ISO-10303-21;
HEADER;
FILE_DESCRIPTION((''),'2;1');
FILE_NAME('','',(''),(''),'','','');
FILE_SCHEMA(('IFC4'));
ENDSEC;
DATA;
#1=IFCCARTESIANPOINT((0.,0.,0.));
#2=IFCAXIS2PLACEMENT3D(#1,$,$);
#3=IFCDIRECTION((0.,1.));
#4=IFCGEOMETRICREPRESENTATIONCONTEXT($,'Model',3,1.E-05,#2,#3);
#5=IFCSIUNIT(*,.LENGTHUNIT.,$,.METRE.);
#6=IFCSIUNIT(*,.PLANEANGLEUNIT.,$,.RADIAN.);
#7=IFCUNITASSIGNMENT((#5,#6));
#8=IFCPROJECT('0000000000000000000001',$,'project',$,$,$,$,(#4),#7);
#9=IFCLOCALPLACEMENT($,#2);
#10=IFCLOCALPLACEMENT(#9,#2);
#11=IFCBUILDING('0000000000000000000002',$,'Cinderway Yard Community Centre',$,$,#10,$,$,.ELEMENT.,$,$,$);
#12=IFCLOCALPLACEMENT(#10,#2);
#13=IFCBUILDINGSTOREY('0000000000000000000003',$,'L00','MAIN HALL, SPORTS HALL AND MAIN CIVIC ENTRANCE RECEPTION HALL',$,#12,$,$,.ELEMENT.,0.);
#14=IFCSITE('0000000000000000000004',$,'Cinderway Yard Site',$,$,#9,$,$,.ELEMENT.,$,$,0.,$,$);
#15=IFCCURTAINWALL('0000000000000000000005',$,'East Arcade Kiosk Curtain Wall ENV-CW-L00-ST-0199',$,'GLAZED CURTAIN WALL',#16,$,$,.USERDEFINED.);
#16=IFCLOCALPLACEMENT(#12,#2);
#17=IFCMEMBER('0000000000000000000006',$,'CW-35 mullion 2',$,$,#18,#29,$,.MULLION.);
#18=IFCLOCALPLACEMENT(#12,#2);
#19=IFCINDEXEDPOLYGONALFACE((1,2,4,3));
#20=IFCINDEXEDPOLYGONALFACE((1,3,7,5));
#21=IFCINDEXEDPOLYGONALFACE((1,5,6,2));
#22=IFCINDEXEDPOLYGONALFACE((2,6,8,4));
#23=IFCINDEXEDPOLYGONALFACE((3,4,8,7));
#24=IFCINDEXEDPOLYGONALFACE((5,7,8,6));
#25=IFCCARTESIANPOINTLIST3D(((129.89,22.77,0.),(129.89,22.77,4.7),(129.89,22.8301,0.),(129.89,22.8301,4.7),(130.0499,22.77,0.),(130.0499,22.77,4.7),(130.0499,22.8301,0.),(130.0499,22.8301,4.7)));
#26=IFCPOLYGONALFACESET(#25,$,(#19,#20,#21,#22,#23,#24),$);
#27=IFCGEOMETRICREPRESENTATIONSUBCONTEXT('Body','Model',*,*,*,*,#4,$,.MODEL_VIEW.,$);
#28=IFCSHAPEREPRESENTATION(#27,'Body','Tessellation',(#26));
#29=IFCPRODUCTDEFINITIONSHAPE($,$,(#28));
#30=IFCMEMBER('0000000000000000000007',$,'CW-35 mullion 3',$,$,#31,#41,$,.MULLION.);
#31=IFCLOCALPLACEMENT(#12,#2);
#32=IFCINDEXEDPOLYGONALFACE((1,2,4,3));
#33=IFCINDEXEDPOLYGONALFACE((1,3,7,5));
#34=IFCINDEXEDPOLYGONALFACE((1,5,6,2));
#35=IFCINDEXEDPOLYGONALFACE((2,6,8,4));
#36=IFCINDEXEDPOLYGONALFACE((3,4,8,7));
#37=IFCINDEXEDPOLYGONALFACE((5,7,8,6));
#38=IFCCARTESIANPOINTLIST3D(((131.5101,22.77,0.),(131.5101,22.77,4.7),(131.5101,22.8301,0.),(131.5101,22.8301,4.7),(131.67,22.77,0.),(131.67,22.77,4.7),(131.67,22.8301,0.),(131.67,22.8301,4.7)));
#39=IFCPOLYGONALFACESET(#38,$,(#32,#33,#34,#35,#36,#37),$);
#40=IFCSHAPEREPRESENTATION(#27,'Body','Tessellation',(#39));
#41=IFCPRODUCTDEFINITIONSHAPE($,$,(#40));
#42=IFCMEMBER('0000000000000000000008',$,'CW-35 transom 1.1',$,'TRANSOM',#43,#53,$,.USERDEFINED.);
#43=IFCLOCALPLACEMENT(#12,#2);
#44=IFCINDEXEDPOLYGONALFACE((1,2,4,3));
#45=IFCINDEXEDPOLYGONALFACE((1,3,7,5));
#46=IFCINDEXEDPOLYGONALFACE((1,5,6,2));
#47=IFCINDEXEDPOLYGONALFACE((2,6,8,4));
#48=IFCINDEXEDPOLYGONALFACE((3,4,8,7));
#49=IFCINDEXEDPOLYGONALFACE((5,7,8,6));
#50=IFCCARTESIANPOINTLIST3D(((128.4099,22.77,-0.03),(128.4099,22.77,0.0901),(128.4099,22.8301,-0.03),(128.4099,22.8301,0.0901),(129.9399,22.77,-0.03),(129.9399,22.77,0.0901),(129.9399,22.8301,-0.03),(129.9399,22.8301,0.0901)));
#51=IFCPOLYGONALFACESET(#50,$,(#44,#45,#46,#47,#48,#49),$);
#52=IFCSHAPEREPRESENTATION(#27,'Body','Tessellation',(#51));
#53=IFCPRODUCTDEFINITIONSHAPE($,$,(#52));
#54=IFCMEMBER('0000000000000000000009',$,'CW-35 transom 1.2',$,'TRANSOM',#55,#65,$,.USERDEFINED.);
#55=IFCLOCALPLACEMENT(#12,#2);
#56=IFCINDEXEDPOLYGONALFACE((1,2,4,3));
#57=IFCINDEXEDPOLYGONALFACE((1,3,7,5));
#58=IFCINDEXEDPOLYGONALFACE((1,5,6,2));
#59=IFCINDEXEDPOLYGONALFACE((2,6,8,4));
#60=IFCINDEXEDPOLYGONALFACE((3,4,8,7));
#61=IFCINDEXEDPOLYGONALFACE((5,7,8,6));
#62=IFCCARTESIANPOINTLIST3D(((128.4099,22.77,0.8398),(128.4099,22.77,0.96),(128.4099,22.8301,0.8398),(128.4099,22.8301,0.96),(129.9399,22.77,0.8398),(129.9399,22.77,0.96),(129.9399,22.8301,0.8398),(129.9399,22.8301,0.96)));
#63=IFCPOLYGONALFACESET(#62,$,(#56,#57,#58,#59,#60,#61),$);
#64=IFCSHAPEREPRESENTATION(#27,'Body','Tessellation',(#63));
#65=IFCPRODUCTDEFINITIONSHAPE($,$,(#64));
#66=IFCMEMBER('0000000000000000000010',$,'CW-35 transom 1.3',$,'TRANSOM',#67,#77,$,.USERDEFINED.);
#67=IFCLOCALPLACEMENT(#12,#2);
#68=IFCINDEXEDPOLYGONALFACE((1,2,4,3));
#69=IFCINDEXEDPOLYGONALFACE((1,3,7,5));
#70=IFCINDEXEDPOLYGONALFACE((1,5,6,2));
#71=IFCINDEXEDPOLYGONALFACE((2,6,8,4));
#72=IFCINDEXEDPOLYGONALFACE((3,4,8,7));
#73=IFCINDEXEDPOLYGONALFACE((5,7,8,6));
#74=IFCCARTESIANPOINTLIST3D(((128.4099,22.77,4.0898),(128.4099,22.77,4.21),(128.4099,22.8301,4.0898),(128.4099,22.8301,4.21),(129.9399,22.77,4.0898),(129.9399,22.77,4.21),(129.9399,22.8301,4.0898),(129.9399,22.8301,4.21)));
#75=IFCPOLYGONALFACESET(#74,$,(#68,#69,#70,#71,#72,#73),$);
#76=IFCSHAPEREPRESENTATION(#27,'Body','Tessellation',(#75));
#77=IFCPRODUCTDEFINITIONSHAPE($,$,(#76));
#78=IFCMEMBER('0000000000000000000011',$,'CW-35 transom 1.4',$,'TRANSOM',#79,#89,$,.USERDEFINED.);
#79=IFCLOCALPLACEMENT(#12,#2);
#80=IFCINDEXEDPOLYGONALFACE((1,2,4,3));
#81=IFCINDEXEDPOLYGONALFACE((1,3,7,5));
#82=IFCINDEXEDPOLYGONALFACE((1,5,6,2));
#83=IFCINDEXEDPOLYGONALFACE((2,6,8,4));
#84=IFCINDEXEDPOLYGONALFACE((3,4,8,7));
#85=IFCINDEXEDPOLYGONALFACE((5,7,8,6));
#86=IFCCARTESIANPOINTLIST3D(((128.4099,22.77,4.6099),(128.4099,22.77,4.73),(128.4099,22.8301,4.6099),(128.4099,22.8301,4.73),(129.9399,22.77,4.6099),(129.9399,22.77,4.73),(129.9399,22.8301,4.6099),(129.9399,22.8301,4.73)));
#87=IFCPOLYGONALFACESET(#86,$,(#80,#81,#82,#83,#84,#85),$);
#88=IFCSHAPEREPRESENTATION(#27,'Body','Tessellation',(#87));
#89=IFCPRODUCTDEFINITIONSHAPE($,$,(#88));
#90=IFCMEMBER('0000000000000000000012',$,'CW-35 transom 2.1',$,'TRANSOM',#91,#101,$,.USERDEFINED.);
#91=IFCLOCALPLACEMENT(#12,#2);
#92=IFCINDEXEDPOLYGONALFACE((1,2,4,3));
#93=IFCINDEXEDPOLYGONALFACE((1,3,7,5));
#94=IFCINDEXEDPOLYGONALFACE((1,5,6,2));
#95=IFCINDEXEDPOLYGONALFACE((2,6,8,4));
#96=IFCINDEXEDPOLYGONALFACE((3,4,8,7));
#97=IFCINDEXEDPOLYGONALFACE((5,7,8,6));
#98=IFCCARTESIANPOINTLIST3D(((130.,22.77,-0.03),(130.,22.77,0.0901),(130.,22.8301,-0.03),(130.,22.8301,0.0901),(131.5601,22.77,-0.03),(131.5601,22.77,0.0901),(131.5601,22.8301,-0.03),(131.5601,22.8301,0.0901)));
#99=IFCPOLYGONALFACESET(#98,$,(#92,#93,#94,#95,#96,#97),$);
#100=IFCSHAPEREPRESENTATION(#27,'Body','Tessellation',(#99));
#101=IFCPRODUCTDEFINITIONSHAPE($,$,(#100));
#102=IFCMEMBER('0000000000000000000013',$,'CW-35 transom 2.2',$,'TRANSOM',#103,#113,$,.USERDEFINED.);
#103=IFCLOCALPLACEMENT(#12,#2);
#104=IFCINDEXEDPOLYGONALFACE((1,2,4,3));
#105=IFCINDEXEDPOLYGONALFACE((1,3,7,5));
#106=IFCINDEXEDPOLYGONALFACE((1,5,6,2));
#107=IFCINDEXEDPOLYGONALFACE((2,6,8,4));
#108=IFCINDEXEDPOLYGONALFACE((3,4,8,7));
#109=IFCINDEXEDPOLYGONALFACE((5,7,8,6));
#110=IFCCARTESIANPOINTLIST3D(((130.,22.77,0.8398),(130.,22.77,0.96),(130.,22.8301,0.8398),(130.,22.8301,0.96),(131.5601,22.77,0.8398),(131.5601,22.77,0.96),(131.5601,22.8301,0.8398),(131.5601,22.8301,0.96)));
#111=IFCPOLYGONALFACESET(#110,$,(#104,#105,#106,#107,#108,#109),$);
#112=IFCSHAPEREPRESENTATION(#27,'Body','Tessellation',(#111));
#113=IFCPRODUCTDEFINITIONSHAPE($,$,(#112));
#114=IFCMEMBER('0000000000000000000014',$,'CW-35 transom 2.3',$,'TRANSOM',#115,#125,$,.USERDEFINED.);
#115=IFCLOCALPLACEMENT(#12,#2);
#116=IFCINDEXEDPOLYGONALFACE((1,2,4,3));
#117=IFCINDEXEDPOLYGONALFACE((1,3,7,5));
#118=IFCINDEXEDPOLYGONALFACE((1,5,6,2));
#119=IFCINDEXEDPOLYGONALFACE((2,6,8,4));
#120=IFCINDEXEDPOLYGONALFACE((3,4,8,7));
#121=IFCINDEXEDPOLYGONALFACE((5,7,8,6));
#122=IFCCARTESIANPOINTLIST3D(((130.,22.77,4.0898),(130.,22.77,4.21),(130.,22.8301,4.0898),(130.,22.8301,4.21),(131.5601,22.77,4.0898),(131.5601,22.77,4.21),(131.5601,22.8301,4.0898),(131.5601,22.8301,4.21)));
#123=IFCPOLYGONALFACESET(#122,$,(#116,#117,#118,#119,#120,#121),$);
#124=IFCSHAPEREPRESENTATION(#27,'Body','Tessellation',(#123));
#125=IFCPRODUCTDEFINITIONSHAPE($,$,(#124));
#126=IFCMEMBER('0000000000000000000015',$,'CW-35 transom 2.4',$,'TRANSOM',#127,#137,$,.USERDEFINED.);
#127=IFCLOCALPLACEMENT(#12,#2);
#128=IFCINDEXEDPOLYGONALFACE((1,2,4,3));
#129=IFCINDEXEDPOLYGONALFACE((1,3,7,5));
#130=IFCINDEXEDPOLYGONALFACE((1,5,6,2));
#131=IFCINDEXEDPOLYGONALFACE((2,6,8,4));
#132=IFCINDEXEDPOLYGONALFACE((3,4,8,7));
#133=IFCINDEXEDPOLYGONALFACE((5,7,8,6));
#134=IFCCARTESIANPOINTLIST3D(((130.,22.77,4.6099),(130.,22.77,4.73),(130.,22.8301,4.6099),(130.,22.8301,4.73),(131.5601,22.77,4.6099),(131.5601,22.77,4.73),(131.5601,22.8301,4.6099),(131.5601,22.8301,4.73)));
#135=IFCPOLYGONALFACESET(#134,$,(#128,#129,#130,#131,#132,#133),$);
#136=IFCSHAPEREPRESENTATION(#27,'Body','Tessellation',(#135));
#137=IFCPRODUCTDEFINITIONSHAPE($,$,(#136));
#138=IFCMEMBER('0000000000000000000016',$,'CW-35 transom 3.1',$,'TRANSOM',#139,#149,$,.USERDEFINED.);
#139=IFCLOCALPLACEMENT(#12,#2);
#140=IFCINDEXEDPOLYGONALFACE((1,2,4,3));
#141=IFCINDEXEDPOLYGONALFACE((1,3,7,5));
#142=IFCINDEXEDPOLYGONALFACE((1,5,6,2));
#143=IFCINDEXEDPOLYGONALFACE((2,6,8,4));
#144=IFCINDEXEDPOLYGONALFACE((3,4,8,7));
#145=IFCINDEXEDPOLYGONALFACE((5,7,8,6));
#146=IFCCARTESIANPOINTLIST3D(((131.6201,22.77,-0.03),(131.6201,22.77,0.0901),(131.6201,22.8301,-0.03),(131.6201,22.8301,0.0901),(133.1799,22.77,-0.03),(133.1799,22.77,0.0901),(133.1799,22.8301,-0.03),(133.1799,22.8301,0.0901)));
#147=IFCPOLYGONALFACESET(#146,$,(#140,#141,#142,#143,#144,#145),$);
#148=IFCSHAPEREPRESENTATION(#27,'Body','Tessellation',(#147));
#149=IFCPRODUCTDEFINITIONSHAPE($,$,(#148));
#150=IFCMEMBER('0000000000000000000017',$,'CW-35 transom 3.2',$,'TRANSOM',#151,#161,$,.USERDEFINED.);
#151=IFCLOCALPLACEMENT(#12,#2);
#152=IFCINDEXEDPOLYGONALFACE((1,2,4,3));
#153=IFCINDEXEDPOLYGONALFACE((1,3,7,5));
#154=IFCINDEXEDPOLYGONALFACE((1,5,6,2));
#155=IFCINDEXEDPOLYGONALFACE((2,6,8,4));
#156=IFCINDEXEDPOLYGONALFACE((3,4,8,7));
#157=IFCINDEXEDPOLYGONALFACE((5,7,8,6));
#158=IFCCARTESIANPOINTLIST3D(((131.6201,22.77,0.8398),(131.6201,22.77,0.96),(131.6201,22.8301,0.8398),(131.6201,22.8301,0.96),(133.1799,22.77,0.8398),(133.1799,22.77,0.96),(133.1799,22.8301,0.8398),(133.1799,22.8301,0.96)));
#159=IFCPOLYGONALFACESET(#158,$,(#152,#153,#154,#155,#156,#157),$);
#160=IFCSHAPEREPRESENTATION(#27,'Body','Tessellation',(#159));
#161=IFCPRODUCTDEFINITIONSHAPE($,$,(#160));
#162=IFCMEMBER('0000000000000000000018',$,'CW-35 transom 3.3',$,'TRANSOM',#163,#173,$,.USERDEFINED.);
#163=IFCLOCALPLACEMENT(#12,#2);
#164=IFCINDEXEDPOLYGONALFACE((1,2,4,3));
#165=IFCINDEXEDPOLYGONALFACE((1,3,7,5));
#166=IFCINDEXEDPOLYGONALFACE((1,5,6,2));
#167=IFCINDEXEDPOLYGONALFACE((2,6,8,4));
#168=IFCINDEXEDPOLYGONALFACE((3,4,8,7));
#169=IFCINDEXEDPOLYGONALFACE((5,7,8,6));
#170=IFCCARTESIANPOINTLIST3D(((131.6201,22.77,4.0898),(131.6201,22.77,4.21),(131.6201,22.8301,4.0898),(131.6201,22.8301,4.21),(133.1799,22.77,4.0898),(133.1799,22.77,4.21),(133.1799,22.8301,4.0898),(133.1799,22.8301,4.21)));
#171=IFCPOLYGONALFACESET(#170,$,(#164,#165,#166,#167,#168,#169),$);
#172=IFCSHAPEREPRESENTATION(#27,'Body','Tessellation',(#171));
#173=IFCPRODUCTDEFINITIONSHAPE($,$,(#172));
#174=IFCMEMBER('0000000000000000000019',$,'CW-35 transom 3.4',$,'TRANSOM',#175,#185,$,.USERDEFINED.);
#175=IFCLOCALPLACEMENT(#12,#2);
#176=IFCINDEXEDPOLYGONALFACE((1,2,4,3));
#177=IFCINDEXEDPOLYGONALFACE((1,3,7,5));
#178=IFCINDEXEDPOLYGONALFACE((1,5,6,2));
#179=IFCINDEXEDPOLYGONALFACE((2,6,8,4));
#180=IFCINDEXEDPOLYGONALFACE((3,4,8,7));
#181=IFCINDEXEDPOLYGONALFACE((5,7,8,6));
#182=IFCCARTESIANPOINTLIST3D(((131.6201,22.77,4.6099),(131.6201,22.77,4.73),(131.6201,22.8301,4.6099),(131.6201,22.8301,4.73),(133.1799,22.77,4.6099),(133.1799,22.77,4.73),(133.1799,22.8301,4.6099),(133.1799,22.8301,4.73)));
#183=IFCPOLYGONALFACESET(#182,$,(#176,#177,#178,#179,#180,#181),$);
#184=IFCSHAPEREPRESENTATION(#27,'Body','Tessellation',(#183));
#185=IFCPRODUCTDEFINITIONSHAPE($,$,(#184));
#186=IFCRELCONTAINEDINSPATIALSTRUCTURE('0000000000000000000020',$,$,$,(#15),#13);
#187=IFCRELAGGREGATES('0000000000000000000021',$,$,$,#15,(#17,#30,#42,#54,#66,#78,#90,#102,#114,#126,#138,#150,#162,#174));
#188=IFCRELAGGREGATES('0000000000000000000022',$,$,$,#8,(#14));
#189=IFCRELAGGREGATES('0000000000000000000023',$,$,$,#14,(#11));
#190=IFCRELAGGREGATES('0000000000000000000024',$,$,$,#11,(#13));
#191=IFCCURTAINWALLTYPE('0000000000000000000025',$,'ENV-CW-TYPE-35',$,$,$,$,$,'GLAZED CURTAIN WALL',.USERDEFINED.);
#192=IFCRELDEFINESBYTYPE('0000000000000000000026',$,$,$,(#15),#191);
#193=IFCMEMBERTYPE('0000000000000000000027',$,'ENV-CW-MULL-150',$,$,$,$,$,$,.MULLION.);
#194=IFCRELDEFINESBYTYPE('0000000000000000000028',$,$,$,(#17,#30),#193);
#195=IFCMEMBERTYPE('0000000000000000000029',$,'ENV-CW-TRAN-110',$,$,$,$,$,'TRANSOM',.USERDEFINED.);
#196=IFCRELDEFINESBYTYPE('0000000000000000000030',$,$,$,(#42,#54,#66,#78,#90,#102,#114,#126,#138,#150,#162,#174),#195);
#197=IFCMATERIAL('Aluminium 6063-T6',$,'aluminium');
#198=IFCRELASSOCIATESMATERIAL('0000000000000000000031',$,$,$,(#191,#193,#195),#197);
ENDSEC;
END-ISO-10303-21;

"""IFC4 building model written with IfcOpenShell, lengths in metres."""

from ifc_helpers import new_model, si_unit, direction, frame, origin, origin_2d, place, context, subcontext, project, spatial, rectangle, extrude, material, material_profile, profile_set, type_object, element, aggregate, save


model = new_model("IFC4")

# Units and contexts
model_context = context("Model", 3, precision=1e-05, world=origin(), true_north=direction((0.0, 1.0)))
body_context = subcontext(model_context, "Body", "Model", "MODEL_VIEW")
ifc_project = project(units=[si_unit("LENGTHUNIT", "METRE"), si_unit("PLANEANGLEUNIT", "RADIAN")], contexts=[model_context])

# Site, building, storey
site_placement = place(None, origin())
site = spatial("IfcSite", under=ifc_project, at=site_placement, Name="Cinderway Yard Site", CompositionType="ELEMENT", RefElevation=0.0)
building_placement = place(site_placement, origin())
building = spatial("IfcBuilding", under=site, at=building_placement, Name="Cinderway Yard Community Centre", CompositionType="ELEMENT")
storey_placement = place(building_placement, origin())
storey = spatial("IfcBuildingStorey", under=building, at=storey_placement, Name="L00", Description="MAIN HALL, SPORTS HALL AND MAIN CIVIC ENTRANCE RECEPTION HALL", CompositionType="ELEMENT", Elevation=0.0)

# Curtain wall, members
ifc_material_1 = material(Name="Aluminium 6063-T6", Category="aluminium")
curtain_wall_type = type_object("IfcCurtainWallType", Name="ENV-CW-TYPE-35", ElementType="GLAZED CURTAIN WALL", PredefinedType="USERDEFINED", material=ifc_material_1)
curtain_wall_placement = place(storey_placement, origin())
curtain_wall = element("IfcCurtainWall", 1, at=curtain_wall_placement, inside=storey, type_object=curtain_wall_type, Name="East Arcade Kiosk Curtain Wall ENV-CW-L00-ST-0199", ObjectType="GLAZED CURTAIN WALL", PredefinedType="USERDEFINED")
ifc_material_profile_1 = material_profile(ifc_material_1, rectangle(XDim=0.0601, YDim=0.1599, at=origin_2d()), Name="Aluminium 6063-T6")
ifc_profile_set_1 = profile_set([ifc_material_profile_1], Name="Aluminium 6063-T6")
member_type_1 = type_object("IfcMemberType", Name="ENV-CW-MULL-150", PredefinedType="MULLION", material=ifc_profile_set_1)
member_1_placement = place(storey_placement, frame((129.97, 22.8, 0.0), z_axis=(0.0, 0.0, 1.0), x_axis=(0.0, 1.0, 0.0)))
member_1 = element("IfcMember", 2, at=member_1_placement, type_object=member_type_1, Name="CW-35 mullion 2", PredefinedType="MULLION", context=body_context, shape_type="SweptSolid", body=[
    extrude(rectangle(XDim=0.0601, YDim=0.1599, at=origin_2d()), origin(), (0.0, 0.0, 1.0), 4.7),
])
member_2_placement = place(storey_placement, frame((131.5901, 22.8, 0.0), z_axis=(0.0, 0.0, 1.0), x_axis=(0.0, 1.0, 0.0)))
member_2 = element("IfcMember", 3, at=member_2_placement, type_object=member_type_1, Name="CW-35 mullion 3", PredefinedType="MULLION", context=body_context, shape_type="SweptSolid", body=[
    extrude(rectangle(XDim=0.0601, YDim=0.1599, at=origin_2d()), origin(), (0.0, 0.0, 1.0), 4.7),
])
ifc_material_profile_2 = material_profile(ifc_material_1, rectangle(XDim=0.0601, YDim=0.1201, at=origin_2d()), Name="Aluminium 6063-T6")
ifc_profile_set_2 = profile_set([ifc_material_profile_2], Name="Aluminium 6063-T6")
member_type_2 = type_object("IfcMemberType", Name="ENV-CW-TRAN-110", ElementType="TRANSOM", PredefinedType="USERDEFINED", material=ifc_profile_set_2)
member_3_placement = place(storey_placement, frame((128.4099, 22.8, 0.03), z_axis=(1.0, 0.0, 0.0), x_axis=(0.0, 1.0, 0.0)))
member_3 = element("IfcMember", 4, at=member_3_placement, type_object=member_type_2, Name="CW-35 transom 1.1", ObjectType="TRANSOM", PredefinedType="USERDEFINED", context=body_context, shape_type="SweptSolid", body=[
    extrude(rectangle(XDim=0.0601, YDim=0.1201, at=origin_2d()), origin(), (0.0, 0.0, 1.0), 1.53),
])
member_4_placement = place(storey_placement, frame((128.4099, 22.8, 0.8999), z_axis=(1.0, 0.0, 0.0), x_axis=(0.0, 1.0, 0.0)))
member_4 = element("IfcMember", 5, at=member_4_placement, type_object=member_type_2, Name="CW-35 transom 1.2", ObjectType="TRANSOM", PredefinedType="USERDEFINED", context=body_context, shape_type="SweptSolid", body=[
    extrude(rectangle(XDim=0.0601, YDim=0.1201, at=origin_2d()), origin(), (0.0, 0.0, 1.0), 1.53),
])
member_5_placement = place(storey_placement, frame((128.4099, 22.8, 4.1499), z_axis=(1.0, 0.0, 0.0), x_axis=(0.0, 1.0, 0.0)))
member_5 = element("IfcMember", 6, at=member_5_placement, type_object=member_type_2, Name="CW-35 transom 1.3", ObjectType="TRANSOM", PredefinedType="USERDEFINED", context=body_context, shape_type="SweptSolid", body=[
    extrude(rectangle(XDim=0.0601, YDim=0.1201, at=origin_2d()), origin(), (0.0, 0.0, 1.0), 1.53),
])
member_6_placement = place(storey_placement, frame((128.4099, 22.8, 4.6699), z_axis=(1.0, 0.0, 0.0), x_axis=(0.0, 1.0, 0.0)))
member_6 = element("IfcMember", 7, at=member_6_placement, type_object=member_type_2, Name="CW-35 transom 1.4", ObjectType="TRANSOM", PredefinedType="USERDEFINED", context=body_context, shape_type="SweptSolid", body=[
    extrude(rectangle(XDim=0.0601, YDim=0.1201, at=origin_2d()), origin(), (0.0, 0.0, 1.0), 1.53),
])
member_7_placement = place(storey_placement, frame((130.0, 22.8, 0.03), z_axis=(1.0, 0.0, 0.0), x_axis=(0.0, 1.0, 0.0)))
member_7 = element("IfcMember", 8, at=member_7_placement, type_object=member_type_2, Name="CW-35 transom 2.1", ObjectType="TRANSOM", PredefinedType="USERDEFINED", context=body_context, shape_type="SweptSolid", body=[
    extrude(rectangle(XDim=0.0601, YDim=0.1201, at=origin_2d()), origin(), (0.0, 0.0, 1.0), 1.5601),
])
member_8_placement = place(storey_placement, frame((130.0, 22.8, 0.8999), z_axis=(1.0, 0.0, 0.0), x_axis=(0.0, 1.0, 0.0)))
member_8 = element("IfcMember", 9, at=member_8_placement, type_object=member_type_2, Name="CW-35 transom 2.2", ObjectType="TRANSOM", PredefinedType="USERDEFINED", context=body_context, shape_type="SweptSolid", body=[
    extrude(rectangle(XDim=0.0601, YDim=0.1201, at=origin_2d()), origin(), (0.0, 0.0, 1.0), 1.5601),
])
member_9_placement = place(storey_placement, frame((130.0, 22.8, 4.1499), z_axis=(1.0, 0.0, 0.0), x_axis=(0.0, 1.0, 0.0)))
member_9 = element("IfcMember", 10, at=member_9_placement, type_object=member_type_2, Name="CW-35 transom 2.3", ObjectType="TRANSOM", PredefinedType="USERDEFINED", context=body_context, shape_type="SweptSolid", body=[
    extrude(rectangle(XDim=0.0601, YDim=0.1201, at=origin_2d()), origin(), (0.0, 0.0, 1.0), 1.5601),
])
member_10_placement = place(storey_placement, frame((130.0, 22.8, 4.6699), z_axis=(1.0, 0.0, 0.0), x_axis=(0.0, 1.0, 0.0)))
member_10 = element("IfcMember", 11, at=member_10_placement, type_object=member_type_2, Name="CW-35 transom 2.4", ObjectType="TRANSOM", PredefinedType="USERDEFINED", context=body_context, shape_type="SweptSolid", body=[
    extrude(rectangle(XDim=0.0601, YDim=0.1201, at=origin_2d()), origin(), (0.0, 0.0, 1.0), 1.5601),
])
member_11_placement = place(storey_placement, frame((131.6201, 22.8, 0.03), z_axis=(1.0, 0.0, 0.0), x_axis=(0.0, 1.0, 0.0)))
member_11 = element("IfcMember", 12, at=member_11_placement, type_object=member_type_2, Name="CW-35 transom 3.1", ObjectType="TRANSOM", PredefinedType="USERDEFINED", context=body_context, shape_type="SweptSolid", body=[
    extrude(rectangle(XDim=0.0601, YDim=0.1201, at=origin_2d()), origin(), (0.0, 0.0, 1.0), 1.5598),
])
member_12_placement = place(storey_placement, frame((131.6201, 22.8, 0.8999), z_axis=(1.0, 0.0, 0.0), x_axis=(0.0, 1.0, 0.0)))
member_12 = element("IfcMember", 13, at=member_12_placement, type_object=member_type_2, Name="CW-35 transom 3.2", ObjectType="TRANSOM", PredefinedType="USERDEFINED", context=body_context, shape_type="SweptSolid", body=[
    extrude(rectangle(XDim=0.0601, YDim=0.1201, at=origin_2d()), origin(), (0.0, 0.0, 1.0), 1.5598),
])
member_13_placement = place(storey_placement, frame((131.6201, 22.8, 4.1499), z_axis=(1.0, 0.0, 0.0), x_axis=(0.0, 1.0, 0.0)))
member_13 = element("IfcMember", 14, at=member_13_placement, type_object=member_type_2, Name="CW-35 transom 3.3", ObjectType="TRANSOM", PredefinedType="USERDEFINED", context=body_context, shape_type="SweptSolid", body=[
    extrude(rectangle(XDim=0.0601, YDim=0.1201, at=origin_2d()), origin(), (0.0, 0.0, 1.0), 1.5598),
])
member_14_placement = place(storey_placement, frame((131.6201, 22.8, 4.6699), z_axis=(1.0, 0.0, 0.0), x_axis=(0.0, 1.0, 0.0)))
member_14 = element("IfcMember", 15, at=member_14_placement, type_object=member_type_2, Name="CW-35 transom 3.4", ObjectType="TRANSOM", PredefinedType="USERDEFINED", context=body_context, shape_type="SweptSolid", body=[
    extrude(rectangle(XDim=0.0601, YDim=0.1201, at=origin_2d()), origin(), (0.0, 0.0, 1.0), 1.5598),
])
aggregate(curtain_wall, [member_1, member_2, member_3, member_4, member_5, member_6, member_7, member_8, member_9, member_10, member_11, member_12, member_13, member_14])

save(model, "model.ifc")
